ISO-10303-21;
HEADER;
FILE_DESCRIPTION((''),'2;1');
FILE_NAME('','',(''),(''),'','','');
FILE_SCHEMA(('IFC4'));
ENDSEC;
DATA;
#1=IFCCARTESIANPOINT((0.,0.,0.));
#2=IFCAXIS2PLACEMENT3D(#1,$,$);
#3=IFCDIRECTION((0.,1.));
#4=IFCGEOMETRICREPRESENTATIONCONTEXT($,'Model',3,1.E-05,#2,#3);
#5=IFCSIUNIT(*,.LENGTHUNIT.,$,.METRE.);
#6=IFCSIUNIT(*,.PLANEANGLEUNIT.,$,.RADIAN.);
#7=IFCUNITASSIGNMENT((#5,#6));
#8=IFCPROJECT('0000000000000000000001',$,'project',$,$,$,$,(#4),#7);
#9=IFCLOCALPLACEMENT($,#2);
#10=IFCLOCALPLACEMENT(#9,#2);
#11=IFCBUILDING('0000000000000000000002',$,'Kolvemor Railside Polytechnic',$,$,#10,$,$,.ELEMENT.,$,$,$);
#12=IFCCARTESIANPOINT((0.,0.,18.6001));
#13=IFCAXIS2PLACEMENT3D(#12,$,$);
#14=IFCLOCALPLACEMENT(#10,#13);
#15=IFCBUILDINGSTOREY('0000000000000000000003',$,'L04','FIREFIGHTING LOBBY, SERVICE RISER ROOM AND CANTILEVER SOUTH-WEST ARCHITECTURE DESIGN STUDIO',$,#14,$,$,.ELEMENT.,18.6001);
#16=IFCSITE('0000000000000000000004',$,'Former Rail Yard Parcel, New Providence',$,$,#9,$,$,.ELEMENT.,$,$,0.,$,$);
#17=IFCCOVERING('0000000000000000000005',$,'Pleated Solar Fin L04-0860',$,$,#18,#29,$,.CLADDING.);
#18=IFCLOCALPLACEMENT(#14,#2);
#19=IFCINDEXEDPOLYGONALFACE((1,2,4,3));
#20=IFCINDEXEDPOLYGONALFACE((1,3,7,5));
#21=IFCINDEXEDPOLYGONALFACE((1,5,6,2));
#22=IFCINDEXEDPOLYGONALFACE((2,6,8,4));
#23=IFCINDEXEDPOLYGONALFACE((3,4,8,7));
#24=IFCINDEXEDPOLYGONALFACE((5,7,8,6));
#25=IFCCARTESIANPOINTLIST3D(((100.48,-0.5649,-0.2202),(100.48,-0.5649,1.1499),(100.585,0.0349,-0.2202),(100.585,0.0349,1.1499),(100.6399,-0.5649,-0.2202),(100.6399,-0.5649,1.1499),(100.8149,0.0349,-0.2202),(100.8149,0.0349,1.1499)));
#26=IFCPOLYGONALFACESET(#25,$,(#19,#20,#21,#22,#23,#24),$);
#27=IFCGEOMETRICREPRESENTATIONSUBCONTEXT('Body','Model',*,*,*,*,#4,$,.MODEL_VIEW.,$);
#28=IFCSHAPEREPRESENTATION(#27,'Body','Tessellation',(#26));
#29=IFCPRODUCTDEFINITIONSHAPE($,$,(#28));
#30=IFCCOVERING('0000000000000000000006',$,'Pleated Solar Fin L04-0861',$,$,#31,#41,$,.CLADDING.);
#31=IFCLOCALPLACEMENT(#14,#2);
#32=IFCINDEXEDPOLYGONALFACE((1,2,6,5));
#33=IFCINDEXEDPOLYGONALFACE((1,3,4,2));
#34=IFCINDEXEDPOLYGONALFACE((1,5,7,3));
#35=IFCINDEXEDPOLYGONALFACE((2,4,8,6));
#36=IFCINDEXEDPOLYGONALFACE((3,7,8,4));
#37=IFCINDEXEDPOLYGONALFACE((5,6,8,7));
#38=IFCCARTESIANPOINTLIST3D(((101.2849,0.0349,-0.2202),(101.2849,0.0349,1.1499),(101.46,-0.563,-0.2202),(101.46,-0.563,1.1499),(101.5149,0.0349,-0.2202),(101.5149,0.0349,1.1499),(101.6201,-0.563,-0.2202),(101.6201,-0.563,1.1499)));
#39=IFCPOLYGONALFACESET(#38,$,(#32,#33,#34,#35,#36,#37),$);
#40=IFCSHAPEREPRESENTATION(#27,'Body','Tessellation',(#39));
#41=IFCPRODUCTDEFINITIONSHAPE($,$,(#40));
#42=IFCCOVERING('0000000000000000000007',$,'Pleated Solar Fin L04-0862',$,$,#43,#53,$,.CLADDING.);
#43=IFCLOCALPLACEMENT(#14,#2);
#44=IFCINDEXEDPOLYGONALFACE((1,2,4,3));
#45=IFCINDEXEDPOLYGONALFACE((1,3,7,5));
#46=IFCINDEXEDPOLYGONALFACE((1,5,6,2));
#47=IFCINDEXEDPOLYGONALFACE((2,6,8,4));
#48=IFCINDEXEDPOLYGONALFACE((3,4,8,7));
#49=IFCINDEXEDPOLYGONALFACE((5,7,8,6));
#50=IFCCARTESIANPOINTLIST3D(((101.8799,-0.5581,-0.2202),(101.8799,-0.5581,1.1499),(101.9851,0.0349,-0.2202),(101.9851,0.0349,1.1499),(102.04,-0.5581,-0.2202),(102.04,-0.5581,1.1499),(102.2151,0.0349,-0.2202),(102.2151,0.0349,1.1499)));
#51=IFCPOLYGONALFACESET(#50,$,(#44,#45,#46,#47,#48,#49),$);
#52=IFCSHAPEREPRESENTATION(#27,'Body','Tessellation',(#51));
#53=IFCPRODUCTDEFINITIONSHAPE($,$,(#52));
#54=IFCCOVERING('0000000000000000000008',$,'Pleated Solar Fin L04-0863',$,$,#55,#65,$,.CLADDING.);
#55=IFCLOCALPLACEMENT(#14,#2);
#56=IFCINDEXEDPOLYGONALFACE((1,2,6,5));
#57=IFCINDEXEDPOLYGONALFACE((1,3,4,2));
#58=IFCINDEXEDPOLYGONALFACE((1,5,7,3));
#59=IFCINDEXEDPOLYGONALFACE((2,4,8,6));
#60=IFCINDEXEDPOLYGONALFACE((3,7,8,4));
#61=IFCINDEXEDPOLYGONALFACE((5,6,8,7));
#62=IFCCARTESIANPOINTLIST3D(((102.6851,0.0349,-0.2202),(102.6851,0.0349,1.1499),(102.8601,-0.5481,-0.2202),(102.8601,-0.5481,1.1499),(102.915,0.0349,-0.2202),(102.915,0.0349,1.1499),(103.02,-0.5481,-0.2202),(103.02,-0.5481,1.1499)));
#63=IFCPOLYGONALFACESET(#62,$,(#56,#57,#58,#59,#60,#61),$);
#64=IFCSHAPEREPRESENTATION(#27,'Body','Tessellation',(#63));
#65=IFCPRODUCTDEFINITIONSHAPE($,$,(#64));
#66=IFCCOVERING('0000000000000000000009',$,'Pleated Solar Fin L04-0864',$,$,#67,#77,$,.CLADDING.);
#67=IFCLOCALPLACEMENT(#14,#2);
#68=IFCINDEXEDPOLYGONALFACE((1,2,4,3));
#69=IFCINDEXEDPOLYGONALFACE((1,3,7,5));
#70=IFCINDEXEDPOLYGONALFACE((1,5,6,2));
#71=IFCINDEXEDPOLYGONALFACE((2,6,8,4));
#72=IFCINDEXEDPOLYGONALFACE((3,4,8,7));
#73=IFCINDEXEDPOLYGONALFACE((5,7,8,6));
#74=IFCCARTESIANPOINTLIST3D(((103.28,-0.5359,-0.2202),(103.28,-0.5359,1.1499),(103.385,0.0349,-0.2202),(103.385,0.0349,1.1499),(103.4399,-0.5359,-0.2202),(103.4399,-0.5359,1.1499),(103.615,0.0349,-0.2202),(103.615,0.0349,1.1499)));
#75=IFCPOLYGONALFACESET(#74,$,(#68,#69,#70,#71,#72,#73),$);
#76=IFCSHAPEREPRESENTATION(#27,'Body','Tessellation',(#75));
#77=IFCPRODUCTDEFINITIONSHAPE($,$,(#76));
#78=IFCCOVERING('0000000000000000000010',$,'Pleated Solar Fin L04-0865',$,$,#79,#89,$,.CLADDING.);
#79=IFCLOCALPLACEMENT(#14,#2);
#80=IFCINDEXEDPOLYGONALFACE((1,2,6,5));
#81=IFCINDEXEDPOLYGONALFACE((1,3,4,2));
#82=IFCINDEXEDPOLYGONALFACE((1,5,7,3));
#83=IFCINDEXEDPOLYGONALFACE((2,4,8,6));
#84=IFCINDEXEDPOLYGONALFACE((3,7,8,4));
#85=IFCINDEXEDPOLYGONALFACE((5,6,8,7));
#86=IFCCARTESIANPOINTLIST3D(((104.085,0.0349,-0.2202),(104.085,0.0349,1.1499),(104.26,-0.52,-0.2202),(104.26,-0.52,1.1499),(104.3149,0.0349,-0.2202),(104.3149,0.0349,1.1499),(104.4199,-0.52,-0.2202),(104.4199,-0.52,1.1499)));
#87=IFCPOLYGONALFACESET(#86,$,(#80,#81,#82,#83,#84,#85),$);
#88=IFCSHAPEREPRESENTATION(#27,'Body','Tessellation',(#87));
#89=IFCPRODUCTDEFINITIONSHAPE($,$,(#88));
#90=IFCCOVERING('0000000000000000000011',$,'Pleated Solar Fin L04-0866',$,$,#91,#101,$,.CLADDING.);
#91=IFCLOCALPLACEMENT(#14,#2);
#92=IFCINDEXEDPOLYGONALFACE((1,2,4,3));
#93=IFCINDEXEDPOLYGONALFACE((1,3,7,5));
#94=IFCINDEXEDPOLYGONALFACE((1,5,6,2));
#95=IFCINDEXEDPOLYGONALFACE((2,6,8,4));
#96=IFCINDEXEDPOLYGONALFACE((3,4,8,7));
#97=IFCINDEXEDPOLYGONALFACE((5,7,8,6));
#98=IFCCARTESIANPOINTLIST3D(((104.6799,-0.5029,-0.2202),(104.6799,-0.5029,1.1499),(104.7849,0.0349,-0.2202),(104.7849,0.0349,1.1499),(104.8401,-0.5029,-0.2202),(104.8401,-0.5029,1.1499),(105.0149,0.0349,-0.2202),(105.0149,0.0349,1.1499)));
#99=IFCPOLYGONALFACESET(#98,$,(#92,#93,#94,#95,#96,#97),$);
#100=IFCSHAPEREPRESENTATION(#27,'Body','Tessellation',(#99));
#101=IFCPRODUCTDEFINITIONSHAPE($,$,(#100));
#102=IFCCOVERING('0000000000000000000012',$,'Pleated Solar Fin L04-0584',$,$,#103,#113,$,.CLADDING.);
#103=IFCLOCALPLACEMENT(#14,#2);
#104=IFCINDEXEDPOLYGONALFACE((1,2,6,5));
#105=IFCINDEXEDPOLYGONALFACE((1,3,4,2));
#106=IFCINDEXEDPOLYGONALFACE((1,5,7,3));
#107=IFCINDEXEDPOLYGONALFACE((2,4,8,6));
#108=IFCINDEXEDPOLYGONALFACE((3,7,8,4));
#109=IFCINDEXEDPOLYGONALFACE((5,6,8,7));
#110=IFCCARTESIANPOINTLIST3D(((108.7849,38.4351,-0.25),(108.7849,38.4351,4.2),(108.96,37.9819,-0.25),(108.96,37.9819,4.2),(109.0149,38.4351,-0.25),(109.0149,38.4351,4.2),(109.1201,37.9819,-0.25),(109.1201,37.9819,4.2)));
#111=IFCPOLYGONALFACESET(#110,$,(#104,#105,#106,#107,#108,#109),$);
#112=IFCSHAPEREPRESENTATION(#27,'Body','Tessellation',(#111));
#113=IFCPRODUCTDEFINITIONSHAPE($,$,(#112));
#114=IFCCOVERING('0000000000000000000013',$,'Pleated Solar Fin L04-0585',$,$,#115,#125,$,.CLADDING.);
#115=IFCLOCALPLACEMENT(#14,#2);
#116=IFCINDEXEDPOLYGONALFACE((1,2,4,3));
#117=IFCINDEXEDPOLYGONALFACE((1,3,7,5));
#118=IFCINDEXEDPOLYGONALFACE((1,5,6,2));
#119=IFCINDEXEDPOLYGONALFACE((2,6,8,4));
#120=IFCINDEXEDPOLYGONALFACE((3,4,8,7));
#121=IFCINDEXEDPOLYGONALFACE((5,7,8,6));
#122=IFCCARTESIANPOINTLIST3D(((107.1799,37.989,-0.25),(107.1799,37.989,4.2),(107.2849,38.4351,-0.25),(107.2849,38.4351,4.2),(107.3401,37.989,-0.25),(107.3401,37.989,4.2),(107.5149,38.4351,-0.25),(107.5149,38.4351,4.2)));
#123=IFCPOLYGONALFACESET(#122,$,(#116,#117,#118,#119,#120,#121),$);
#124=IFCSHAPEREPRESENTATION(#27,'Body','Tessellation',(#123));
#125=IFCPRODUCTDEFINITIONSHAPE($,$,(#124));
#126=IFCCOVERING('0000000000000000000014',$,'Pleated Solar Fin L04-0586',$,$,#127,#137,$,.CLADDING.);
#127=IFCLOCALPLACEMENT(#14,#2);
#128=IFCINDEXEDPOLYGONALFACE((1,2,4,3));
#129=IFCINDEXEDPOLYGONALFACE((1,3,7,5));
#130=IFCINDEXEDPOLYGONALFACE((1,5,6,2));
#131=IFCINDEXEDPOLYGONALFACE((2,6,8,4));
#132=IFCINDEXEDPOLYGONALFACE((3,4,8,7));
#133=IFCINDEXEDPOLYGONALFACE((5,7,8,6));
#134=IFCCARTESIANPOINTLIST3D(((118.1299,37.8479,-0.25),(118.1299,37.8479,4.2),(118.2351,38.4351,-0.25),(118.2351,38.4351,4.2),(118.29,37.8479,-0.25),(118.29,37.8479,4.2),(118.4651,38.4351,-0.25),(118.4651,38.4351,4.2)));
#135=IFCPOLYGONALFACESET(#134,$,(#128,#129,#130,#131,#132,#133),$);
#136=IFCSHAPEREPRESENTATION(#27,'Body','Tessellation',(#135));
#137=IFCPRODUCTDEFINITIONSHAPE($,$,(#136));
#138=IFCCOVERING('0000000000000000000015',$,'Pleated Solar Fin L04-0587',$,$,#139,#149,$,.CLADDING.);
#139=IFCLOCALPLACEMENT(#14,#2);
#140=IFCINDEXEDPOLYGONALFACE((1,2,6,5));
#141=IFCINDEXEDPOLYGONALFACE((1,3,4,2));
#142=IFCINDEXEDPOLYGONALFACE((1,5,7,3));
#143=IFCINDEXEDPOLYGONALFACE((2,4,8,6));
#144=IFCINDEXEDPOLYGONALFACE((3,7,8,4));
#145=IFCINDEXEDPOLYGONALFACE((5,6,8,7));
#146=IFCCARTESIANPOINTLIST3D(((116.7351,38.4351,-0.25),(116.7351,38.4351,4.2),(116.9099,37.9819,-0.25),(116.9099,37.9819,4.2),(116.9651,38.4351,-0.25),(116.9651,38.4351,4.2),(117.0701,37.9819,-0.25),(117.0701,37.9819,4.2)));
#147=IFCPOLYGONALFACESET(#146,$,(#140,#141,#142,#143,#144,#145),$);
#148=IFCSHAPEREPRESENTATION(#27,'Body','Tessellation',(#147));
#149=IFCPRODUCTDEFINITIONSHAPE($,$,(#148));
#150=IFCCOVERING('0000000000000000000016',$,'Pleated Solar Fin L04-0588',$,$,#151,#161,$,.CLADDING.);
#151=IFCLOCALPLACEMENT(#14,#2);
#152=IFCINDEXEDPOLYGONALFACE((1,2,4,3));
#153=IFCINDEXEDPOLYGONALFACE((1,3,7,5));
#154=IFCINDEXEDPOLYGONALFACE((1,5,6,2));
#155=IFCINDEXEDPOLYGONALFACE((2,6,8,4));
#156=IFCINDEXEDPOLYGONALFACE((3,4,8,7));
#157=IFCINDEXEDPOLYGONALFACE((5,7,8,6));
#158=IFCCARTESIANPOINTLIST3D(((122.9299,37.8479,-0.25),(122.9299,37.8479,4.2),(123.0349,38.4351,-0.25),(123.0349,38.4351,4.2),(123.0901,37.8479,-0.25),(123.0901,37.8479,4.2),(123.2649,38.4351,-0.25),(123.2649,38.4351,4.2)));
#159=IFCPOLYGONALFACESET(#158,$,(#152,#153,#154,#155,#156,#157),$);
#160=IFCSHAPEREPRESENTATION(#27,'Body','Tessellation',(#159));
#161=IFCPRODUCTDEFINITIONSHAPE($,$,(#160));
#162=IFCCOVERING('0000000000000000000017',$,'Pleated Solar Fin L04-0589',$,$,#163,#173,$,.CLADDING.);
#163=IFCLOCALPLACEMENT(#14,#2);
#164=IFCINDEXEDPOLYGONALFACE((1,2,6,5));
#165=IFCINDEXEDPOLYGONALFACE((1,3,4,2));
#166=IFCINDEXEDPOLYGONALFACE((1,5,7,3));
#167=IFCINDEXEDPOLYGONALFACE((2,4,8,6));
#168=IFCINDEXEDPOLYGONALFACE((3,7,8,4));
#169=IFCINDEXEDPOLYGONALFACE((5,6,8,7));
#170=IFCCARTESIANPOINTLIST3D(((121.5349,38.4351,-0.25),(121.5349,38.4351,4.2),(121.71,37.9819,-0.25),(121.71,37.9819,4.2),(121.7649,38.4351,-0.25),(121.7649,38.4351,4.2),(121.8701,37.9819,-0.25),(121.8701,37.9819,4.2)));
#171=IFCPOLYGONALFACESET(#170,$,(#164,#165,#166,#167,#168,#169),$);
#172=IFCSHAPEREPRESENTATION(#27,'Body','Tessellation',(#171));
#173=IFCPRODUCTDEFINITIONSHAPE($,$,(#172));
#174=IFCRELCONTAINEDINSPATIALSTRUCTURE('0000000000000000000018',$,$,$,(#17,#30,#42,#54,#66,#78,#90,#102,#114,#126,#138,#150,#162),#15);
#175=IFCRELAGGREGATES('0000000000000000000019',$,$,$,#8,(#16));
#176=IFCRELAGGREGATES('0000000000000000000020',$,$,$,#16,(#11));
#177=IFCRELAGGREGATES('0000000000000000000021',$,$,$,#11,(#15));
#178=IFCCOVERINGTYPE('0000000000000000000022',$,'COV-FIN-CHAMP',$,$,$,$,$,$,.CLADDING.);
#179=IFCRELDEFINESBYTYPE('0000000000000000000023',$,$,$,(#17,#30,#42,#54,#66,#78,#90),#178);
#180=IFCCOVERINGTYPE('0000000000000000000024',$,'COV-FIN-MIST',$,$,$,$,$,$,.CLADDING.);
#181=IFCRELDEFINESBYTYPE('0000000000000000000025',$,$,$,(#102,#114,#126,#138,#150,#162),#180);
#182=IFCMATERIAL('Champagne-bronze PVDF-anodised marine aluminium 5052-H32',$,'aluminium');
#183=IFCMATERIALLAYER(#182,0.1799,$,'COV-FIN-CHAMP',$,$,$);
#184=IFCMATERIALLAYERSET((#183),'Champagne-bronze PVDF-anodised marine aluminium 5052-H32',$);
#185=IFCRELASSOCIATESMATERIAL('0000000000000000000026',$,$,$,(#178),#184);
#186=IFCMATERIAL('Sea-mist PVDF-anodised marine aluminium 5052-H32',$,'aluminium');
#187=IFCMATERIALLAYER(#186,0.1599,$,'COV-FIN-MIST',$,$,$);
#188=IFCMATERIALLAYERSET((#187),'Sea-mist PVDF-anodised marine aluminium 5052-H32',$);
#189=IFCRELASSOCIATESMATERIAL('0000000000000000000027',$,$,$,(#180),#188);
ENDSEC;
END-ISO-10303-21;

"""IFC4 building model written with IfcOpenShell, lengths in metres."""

from ifc_helpers import new_model, si_unit, direction, frame, origin, place, context, subcontext, project, spatial, polyline, outline, extrude, material, layer, layer_set, type_object, element, save


model = new_model("IFC4")

# Units and contexts
model_context = context("Model", 3, precision=1e-05, world=origin(), true_north=direction((0.0, 1.0)))
body_context = subcontext(model_context, "Body", "Model", "MODEL_VIEW")
ifc_project = project(units=[si_unit("LENGTHUNIT", "METRE"), si_unit("PLANEANGLEUNIT", "RADIAN")], contexts=[model_context])

# Site, building, storey
site_placement = place(None, origin())
site = spatial("IfcSite", under=ifc_project, at=site_placement, Name="Former Rail Yard Parcel, New Providence", CompositionType="ELEMENT", RefElevation=0.0)
building_placement = place(site_placement, origin())
building = spatial("IfcBuilding", under=site, at=building_placement, Name="Kolvemor Railside Polytechnic", CompositionType="ELEMENT")
storey_placement = place(building_placement, frame((0.0, 0.0, 18.6001)))
storey = spatial("IfcBuildingStorey", under=building, at=storey_placement, Name="L04", Description="FIREFIGHTING LOBBY, SERVICE RISER ROOM AND CANTILEVER SOUTH-WEST ARCHITECTURE DESIGN STUDIO", CompositionType="ELEMENT", Elevation=18.6001)

# Coverings
ifc_material_1 = material(Name="Champagne-bronze PVDF-anodised marine aluminium 5052-H32", Category="aluminium")
ifc_layer_1 = layer(ifc_material_1, 0.1799, Name="COV-FIN-CHAMP")
ifc_layer_set_1 = layer_set([ifc_layer_1], Name="Champagne-bronze PVDF-anodised marine aluminium 5052-H32")
covering_type_1 = type_object("IfcCoveringType", Name="COV-FIN-CHAMP", PredefinedType="CLADDING", material=ifc_layer_set_1)
covering_1_placement = place(storey_placement, frame((0.0, 0.0, -0.2202)))
element("IfcCovering", 1, at=covering_1_placement, inside=storey, type_object=covering_type_1, Name="Pleated Solar Fin L04-0860", PredefinedType="CLADDING", context=body_context, shape_type="SweptSolid", body=[
    extrude(outline(polyline([(100.585, 0.0349), (100.8149, 0.0349), (100.6399, -0.5649), (100.48, -0.5649), (100.585, 0.0349)])), origin(), (0.0, 0.0, 1.0), 1.3701),
])
covering_2_placement = place(storey_placement, frame((0.0, 0.0, -0.2202)))
element("IfcCovering", 2, at=covering_2_placement, inside=storey, type_object=covering_type_1, Name="Pleated Solar Fin L04-0861", PredefinedType="CLADDING", context=body_context, shape_type="SweptSolid", body=[
    extrude(outline(polyline([(101.2849, 0.0349), (101.5149, 0.0349), (101.6201, -0.563), (101.46, -0.563), (101.2849, 0.0349)])), origin(), (0.0, 0.0, 1.0), 1.3701),
])
covering_3_placement = place(storey_placement, frame((0.0, 0.0, -0.2202)))
element("IfcCovering", 3, at=covering_3_placement, inside=storey, type_object=covering_type_1, Name="Pleated Solar Fin L04-0862", PredefinedType="CLADDING", context=body_context, shape_type="SweptSolid", body=[
    extrude(outline(polyline([(101.9851, 0.0349), (102.2151, 0.0349), (102.04, -0.5581), (101.8799, -0.5581), (101.9851, 0.0349)])), origin(), (0.0, 0.0, 1.0), 1.3701),
])
covering_4_placement = place(storey_placement, frame((0.0, 0.0, -0.2202)))
element("IfcCovering", 4, at=covering_4_placement, inside=storey, type_object=covering_type_1, Name="Pleated Solar Fin L04-0863", PredefinedType="CLADDING", context=body_context, shape_type="SweptSolid", body=[
    extrude(outline(polyline([(102.6851, 0.0349), (102.915, 0.0349), (103.02, -0.5481), (102.8601, -0.5481), (102.6851, 0.0349)])), origin(), (0.0, 0.0, 1.0), 1.3701),
])
covering_5_placement = place(storey_placement, frame((0.0, 0.0, -0.2202)))
element("IfcCovering", 5, at=covering_5_placement, inside=storey, type_object=covering_type_1, Name="Pleated Solar Fin L04-0864", PredefinedType="CLADDING", context=body_context, shape_type="SweptSolid", body=[
    extrude(outline(polyline([(103.385, 0.0349), (103.615, 0.0349), (103.4399, -0.5359), (103.28, -0.5359), (103.385, 0.0349)])), origin(), (0.0, 0.0, 1.0), 1.3701),
])
covering_6_placement = place(storey_placement, frame((0.0, 0.0, -0.2202)))
element("IfcCovering", 6, at=covering_6_placement, inside=storey, type_object=covering_type_1, Name="Pleated Solar Fin L04-0865", PredefinedType="CLADDING", context=body_context, shape_type="SweptSolid", body=[
    extrude(outline(polyline([(104.085, 0.0349), (104.3149, 0.0349), (104.4199, -0.52), (104.26, -0.52), (104.085, 0.0349)])), origin(), (0.0, 0.0, 1.0), 1.3701),
])
covering_7_placement = place(storey_placement, frame((0.0, 0.0, -0.2202)))
element("IfcCovering", 7, at=covering_7_placement, inside=storey, type_object=covering_type_1, Name="Pleated Solar Fin L04-0866", PredefinedType="CLADDING", context=body_context, shape_type="SweptSolid", body=[
    extrude(outline(polyline([(104.7849, 0.0349), (105.0149, 0.0349), (104.8401, -0.5029), (104.6799, -0.5029), (104.7849, 0.0349)])), origin(), (0.0, 0.0, 1.0), 1.3701),
])
ifc_material_2 = material(Name="Sea-mist PVDF-anodised marine aluminium 5052-H32", Category="aluminium")
ifc_layer_2 = layer(ifc_material_2, 0.1599, Name="COV-FIN-MIST")
ifc_layer_set_2 = layer_set([ifc_layer_2], Name="Sea-mist PVDF-anodised marine aluminium 5052-H32")
covering_type_2 = type_object("IfcCoveringType", Name="COV-FIN-MIST", PredefinedType="CLADDING", material=ifc_layer_set_2)
covering_8_placement = place(storey_placement, frame((0.0, 0.0, -0.25)))
element("IfcCovering", 8, at=covering_8_placement, inside=storey, type_object=covering_type_2, Name="Pleated Solar Fin L04-0584", PredefinedType="CLADDING", context=body_context, shape_type="SweptSolid", body=[
    extrude(outline(polyline([(109.0149, 38.4351), (108.7849, 38.4351), (108.96, 37.9819), (109.1201, 37.9819), (109.0149, 38.4351)])), origin(), (0.0, 0.0, 1.0), 4.45),
])
covering_9_placement = place(storey_placement, frame((0.0, 0.0, -0.25)))
element("IfcCovering", 9, at=covering_9_placement, inside=storey, type_object=covering_type_2, Name="Pleated Solar Fin L04-0585", PredefinedType="CLADDING", context=body_context, shape_type="SweptSolid", body=[
    extrude(outline(polyline([(107.5149, 38.4351), (107.2849, 38.4351), (107.1799, 37.989), (107.3401, 37.989), (107.5149, 38.4351)])), origin(), (0.0, 0.0, 1.0), 4.45),
])
covering_10_placement = place(storey_placement, frame((0.0, 0.0, -0.25)))
element("IfcCovering", 10, at=covering_10_placement, inside=storey, type_object=covering_type_2, Name="Pleated Solar Fin L04-0586", PredefinedType="CLADDING", context=body_context, shape_type="SweptSolid", body=[
    extrude(outline(polyline([(118.4651, 38.4351), (118.2351, 38.4351), (118.1299, 37.8479), (118.29, 37.8479), (118.4651, 38.4351)])), origin(), (0.0, 0.0, 1.0), 4.45),
])
covering_11_placement = place(storey_placement, frame((0.0, 0.0, -0.25)))
element("IfcCovering", 11, at=covering_11_placement, inside=storey, type_object=covering_type_2, Name="Pleated Solar Fin L04-0587", PredefinedType="CLADDING", context=body_context, shape_type="SweptSolid", body=[
    extrude(outline(polyline([(116.9651, 38.4351), (116.7351, 38.4351), (116.9099, 37.9819), (117.0701, 37.9819), (116.9651, 38.4351)])), origin(), (0.0, 0.0, 1.0), 4.45),
])
covering_12_placement = place(storey_placement, frame((0.0, 0.0, -0.25)))
element("IfcCovering", 12, at=covering_12_placement, inside=storey, type_object=covering_type_2, Name="Pleated Solar Fin L04-0588", PredefinedType="CLADDING", context=body_context, shape_type="SweptSolid", body=[
    extrude(outline(polyline([(123.2649, 38.4351), (123.0349, 38.4351), (122.9299, 37.8479), (123.0901, 37.8479), (123.2649, 38.4351)])), origin(), (0.0, 0.0, 1.0), 4.45),
])
covering_13_placement = place(storey_placement, frame((0.0, 0.0, -0.25)))
element("IfcCovering", 13, at=covering_13_placement, inside=storey, type_object=covering_type_2, Name="Pleated Solar Fin L04-0589", PredefinedType="CLADDING", context=body_context, shape_type="SweptSolid", body=[
    extrude(outline(polyline([(121.7649, 38.4351), (121.5349, 38.4351), (121.71, 37.9819), (121.8701, 37.9819), (121.7649, 38.4351)])), origin(), (0.0, 0.0, 1.0), 4.45),
])

save(model, "model.ifc")
